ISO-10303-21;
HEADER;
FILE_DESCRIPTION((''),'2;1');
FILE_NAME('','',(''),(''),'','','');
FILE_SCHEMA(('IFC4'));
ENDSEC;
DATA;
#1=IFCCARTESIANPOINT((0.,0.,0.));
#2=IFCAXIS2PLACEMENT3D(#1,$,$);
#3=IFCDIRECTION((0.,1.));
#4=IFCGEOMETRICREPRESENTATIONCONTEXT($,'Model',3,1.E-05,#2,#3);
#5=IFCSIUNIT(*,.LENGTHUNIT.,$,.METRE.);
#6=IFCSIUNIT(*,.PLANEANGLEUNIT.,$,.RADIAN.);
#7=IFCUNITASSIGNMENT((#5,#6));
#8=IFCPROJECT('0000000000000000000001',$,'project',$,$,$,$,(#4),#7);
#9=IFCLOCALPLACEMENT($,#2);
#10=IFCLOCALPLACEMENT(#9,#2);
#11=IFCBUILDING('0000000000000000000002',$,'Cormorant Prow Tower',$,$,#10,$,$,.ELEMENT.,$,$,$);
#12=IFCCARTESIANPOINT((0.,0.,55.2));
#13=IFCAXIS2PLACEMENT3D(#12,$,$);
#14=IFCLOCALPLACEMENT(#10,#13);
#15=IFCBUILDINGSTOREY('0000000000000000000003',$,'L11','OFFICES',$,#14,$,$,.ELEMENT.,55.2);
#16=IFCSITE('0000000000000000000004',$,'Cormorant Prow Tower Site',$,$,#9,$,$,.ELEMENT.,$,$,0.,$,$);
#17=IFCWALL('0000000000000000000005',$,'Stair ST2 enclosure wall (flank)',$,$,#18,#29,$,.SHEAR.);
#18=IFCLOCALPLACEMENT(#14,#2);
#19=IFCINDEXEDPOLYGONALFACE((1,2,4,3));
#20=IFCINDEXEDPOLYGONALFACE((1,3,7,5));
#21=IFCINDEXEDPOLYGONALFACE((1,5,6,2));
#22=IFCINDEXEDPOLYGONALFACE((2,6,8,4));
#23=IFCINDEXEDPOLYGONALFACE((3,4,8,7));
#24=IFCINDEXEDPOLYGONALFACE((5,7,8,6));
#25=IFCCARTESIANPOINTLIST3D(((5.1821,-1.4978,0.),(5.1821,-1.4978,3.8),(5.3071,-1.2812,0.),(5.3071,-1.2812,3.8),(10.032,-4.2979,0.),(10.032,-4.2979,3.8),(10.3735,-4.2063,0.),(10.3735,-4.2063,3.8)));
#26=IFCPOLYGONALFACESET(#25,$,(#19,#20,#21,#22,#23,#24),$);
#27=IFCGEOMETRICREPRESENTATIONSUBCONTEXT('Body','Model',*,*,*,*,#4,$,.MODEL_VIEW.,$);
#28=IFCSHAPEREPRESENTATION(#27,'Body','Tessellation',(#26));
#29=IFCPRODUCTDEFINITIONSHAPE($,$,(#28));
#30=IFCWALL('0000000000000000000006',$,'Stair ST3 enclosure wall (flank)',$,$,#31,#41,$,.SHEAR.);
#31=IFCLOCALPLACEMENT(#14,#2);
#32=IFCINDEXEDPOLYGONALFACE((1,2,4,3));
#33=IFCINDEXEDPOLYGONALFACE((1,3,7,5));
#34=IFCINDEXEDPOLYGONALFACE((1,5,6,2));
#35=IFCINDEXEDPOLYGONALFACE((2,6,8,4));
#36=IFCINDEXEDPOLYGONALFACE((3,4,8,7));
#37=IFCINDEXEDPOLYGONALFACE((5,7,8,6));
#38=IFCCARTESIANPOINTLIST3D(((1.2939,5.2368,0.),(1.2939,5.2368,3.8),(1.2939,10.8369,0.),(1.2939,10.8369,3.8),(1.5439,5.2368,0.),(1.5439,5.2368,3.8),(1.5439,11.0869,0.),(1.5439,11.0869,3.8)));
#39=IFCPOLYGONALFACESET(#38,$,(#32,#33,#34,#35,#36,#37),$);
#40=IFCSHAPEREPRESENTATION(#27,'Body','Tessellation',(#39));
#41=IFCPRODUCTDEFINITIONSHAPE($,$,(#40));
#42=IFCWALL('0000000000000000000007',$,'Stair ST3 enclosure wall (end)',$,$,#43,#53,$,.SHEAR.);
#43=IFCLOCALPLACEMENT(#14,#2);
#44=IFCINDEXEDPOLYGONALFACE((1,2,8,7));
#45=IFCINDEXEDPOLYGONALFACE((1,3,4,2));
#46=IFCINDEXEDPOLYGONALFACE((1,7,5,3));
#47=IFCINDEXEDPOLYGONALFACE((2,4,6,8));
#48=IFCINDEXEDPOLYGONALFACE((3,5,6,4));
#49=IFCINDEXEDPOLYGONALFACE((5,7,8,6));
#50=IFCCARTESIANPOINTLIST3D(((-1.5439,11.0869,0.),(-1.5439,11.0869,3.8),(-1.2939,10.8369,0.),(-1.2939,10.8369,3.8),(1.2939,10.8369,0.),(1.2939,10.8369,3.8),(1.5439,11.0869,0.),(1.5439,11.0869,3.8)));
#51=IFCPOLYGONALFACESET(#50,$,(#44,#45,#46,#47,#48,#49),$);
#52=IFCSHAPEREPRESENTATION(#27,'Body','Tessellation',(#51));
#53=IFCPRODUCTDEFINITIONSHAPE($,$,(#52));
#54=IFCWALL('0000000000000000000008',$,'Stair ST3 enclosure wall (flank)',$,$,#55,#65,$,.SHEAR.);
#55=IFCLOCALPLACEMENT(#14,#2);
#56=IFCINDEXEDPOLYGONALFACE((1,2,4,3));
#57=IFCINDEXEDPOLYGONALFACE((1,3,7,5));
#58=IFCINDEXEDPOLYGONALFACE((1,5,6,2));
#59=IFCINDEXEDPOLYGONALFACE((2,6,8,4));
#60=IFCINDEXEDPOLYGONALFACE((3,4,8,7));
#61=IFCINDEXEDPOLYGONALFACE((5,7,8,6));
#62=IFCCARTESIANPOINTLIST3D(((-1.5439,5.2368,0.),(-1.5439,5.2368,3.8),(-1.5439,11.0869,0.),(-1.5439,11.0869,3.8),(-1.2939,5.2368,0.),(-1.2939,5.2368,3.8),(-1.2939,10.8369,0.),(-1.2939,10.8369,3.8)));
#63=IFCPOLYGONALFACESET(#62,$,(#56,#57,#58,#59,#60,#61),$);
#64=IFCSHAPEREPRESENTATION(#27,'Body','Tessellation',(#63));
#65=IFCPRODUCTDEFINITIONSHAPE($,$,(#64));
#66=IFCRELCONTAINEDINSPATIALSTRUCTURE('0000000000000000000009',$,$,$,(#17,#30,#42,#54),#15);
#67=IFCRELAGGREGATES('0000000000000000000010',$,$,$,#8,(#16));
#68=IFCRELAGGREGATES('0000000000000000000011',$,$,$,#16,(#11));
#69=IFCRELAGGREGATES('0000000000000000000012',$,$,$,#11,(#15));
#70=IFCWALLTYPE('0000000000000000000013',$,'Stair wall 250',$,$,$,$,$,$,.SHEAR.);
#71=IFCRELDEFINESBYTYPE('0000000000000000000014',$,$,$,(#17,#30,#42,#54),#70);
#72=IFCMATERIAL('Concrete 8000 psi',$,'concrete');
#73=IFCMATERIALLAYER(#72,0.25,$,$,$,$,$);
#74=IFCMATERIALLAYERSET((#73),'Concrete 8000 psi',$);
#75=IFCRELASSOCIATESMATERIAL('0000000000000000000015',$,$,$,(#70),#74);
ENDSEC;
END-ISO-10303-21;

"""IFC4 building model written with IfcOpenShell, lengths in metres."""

from ifc_helpers import new_model, si_unit, direction, frame, origin, place, context, subcontext, project, spatial, polyline, outline, extrude, material, layer, layer_set, type_object, element, save


model = new_model("IFC4")

# Units and contexts
model_context = context("Model", 3, precision=1e-05, world=origin(), true_north=direction((0.0, 1.0)))
body_context = subcontext(model_context, "Body", "Model", "MODEL_VIEW")
ifc_project = project(units=[si_unit("LENGTHUNIT", "METRE"), si_unit("PLANEANGLEUNIT", "RADIAN")], contexts=[model_context])

# Site, building, storey
site_placement = place(None, origin())
site = spatial("IfcSite", under=ifc_project, at=site_placement, Name="Cormorant Prow Tower Site", CompositionType="ELEMENT", RefElevation=0.0)
building_placement = place(site_placement, origin())
building = spatial("IfcBuilding", under=site, at=building_placement, Name="Cormorant Prow Tower", CompositionType="ELEMENT")
storey_placement = place(building_placement, frame((0.0, 0.0, 55.2)))
storey = spatial("IfcBuildingStorey", under=building, at=storey_placement, Name="L11", Description="OFFICES", CompositionType="ELEMENT", Elevation=55.2)

# Walls
ifc_material_1 = material(Name="Concrete 8000 psi", Category="concrete")
ifc_layer_1 = layer(ifc_material_1, 0.25)
ifc_layer_set_1 = layer_set([ifc_layer_1], Name="Concrete 8000 psi")
wall_type_1 = type_object("IfcWallType", Name="Stair wall 250", PredefinedType="SHEAR", material=ifc_layer_set_1)
wall_1_placement = place(storey_placement, origin())
element("IfcWall", 1, at=wall_1_placement, inside=storey, type_object=wall_type_1, Name="Stair ST2 enclosure wall (flank)", PredefinedType="SHEAR", context=body_context, shape_type="SweptSolid", body=[
    extrude(outline(polyline([(10.032, -4.2979), (10.3735, -4.2063), (5.3071, -1.2812), (5.1821, -1.4978), (10.032, -4.2979)])), origin(), (0.0, 0.0, 1.0), 3.8),
])
wall_2_placement = place(storey_placement, origin())
element("IfcWall", 2, at=wall_2_placement, inside=storey, type_object=wall_type_1, Name="Stair ST3 enclosure wall (flank)", PredefinedType="SHEAR", context=body_context, shape_type="SweptSolid", body=[
    extrude(outline(polyline([(1.5439, 5.2368), (1.5439, 11.0869), (1.2939, 10.8369), (1.2939, 5.2368), (1.5439, 5.2368)])), origin(), (0.0, 0.0, 1.0), 3.8),
])
wall_3_placement = place(storey_placement, origin())
element("IfcWall", 3, at=wall_3_placement, inside=storey, type_object=wall_type_1, Name="Stair ST3 enclosure wall (end)", PredefinedType="SHEAR", context=body_context, shape_type="SweptSolid", body=[
    extrude(outline(polyline([(1.5439, 11.0869), (-1.5439, 11.0869), (-1.2939, 10.8369), (1.2939, 10.8369), (1.5439, 11.0869)])), origin(), (0.0, 0.0, 1.0), 3.8),
])
wall_4_placement = place(storey_placement, origin())
element("IfcWall", 4, at=wall_4_placement, inside=storey, type_object=wall_type_1, Name="Stair ST3 enclosure wall (flank)", PredefinedType="SHEAR", context=body_context, shape_type="SweptSolid", body=[
    extrude(outline(polyline([(-1.2939, 10.8369), (-1.5439, 11.0869), (-1.5439, 5.2368), (-1.2939, 5.2368), (-1.2939, 10.8369)])), origin(), (0.0, 0.0, 1.0), 3.8),
])

save(model, "model.ifc")
